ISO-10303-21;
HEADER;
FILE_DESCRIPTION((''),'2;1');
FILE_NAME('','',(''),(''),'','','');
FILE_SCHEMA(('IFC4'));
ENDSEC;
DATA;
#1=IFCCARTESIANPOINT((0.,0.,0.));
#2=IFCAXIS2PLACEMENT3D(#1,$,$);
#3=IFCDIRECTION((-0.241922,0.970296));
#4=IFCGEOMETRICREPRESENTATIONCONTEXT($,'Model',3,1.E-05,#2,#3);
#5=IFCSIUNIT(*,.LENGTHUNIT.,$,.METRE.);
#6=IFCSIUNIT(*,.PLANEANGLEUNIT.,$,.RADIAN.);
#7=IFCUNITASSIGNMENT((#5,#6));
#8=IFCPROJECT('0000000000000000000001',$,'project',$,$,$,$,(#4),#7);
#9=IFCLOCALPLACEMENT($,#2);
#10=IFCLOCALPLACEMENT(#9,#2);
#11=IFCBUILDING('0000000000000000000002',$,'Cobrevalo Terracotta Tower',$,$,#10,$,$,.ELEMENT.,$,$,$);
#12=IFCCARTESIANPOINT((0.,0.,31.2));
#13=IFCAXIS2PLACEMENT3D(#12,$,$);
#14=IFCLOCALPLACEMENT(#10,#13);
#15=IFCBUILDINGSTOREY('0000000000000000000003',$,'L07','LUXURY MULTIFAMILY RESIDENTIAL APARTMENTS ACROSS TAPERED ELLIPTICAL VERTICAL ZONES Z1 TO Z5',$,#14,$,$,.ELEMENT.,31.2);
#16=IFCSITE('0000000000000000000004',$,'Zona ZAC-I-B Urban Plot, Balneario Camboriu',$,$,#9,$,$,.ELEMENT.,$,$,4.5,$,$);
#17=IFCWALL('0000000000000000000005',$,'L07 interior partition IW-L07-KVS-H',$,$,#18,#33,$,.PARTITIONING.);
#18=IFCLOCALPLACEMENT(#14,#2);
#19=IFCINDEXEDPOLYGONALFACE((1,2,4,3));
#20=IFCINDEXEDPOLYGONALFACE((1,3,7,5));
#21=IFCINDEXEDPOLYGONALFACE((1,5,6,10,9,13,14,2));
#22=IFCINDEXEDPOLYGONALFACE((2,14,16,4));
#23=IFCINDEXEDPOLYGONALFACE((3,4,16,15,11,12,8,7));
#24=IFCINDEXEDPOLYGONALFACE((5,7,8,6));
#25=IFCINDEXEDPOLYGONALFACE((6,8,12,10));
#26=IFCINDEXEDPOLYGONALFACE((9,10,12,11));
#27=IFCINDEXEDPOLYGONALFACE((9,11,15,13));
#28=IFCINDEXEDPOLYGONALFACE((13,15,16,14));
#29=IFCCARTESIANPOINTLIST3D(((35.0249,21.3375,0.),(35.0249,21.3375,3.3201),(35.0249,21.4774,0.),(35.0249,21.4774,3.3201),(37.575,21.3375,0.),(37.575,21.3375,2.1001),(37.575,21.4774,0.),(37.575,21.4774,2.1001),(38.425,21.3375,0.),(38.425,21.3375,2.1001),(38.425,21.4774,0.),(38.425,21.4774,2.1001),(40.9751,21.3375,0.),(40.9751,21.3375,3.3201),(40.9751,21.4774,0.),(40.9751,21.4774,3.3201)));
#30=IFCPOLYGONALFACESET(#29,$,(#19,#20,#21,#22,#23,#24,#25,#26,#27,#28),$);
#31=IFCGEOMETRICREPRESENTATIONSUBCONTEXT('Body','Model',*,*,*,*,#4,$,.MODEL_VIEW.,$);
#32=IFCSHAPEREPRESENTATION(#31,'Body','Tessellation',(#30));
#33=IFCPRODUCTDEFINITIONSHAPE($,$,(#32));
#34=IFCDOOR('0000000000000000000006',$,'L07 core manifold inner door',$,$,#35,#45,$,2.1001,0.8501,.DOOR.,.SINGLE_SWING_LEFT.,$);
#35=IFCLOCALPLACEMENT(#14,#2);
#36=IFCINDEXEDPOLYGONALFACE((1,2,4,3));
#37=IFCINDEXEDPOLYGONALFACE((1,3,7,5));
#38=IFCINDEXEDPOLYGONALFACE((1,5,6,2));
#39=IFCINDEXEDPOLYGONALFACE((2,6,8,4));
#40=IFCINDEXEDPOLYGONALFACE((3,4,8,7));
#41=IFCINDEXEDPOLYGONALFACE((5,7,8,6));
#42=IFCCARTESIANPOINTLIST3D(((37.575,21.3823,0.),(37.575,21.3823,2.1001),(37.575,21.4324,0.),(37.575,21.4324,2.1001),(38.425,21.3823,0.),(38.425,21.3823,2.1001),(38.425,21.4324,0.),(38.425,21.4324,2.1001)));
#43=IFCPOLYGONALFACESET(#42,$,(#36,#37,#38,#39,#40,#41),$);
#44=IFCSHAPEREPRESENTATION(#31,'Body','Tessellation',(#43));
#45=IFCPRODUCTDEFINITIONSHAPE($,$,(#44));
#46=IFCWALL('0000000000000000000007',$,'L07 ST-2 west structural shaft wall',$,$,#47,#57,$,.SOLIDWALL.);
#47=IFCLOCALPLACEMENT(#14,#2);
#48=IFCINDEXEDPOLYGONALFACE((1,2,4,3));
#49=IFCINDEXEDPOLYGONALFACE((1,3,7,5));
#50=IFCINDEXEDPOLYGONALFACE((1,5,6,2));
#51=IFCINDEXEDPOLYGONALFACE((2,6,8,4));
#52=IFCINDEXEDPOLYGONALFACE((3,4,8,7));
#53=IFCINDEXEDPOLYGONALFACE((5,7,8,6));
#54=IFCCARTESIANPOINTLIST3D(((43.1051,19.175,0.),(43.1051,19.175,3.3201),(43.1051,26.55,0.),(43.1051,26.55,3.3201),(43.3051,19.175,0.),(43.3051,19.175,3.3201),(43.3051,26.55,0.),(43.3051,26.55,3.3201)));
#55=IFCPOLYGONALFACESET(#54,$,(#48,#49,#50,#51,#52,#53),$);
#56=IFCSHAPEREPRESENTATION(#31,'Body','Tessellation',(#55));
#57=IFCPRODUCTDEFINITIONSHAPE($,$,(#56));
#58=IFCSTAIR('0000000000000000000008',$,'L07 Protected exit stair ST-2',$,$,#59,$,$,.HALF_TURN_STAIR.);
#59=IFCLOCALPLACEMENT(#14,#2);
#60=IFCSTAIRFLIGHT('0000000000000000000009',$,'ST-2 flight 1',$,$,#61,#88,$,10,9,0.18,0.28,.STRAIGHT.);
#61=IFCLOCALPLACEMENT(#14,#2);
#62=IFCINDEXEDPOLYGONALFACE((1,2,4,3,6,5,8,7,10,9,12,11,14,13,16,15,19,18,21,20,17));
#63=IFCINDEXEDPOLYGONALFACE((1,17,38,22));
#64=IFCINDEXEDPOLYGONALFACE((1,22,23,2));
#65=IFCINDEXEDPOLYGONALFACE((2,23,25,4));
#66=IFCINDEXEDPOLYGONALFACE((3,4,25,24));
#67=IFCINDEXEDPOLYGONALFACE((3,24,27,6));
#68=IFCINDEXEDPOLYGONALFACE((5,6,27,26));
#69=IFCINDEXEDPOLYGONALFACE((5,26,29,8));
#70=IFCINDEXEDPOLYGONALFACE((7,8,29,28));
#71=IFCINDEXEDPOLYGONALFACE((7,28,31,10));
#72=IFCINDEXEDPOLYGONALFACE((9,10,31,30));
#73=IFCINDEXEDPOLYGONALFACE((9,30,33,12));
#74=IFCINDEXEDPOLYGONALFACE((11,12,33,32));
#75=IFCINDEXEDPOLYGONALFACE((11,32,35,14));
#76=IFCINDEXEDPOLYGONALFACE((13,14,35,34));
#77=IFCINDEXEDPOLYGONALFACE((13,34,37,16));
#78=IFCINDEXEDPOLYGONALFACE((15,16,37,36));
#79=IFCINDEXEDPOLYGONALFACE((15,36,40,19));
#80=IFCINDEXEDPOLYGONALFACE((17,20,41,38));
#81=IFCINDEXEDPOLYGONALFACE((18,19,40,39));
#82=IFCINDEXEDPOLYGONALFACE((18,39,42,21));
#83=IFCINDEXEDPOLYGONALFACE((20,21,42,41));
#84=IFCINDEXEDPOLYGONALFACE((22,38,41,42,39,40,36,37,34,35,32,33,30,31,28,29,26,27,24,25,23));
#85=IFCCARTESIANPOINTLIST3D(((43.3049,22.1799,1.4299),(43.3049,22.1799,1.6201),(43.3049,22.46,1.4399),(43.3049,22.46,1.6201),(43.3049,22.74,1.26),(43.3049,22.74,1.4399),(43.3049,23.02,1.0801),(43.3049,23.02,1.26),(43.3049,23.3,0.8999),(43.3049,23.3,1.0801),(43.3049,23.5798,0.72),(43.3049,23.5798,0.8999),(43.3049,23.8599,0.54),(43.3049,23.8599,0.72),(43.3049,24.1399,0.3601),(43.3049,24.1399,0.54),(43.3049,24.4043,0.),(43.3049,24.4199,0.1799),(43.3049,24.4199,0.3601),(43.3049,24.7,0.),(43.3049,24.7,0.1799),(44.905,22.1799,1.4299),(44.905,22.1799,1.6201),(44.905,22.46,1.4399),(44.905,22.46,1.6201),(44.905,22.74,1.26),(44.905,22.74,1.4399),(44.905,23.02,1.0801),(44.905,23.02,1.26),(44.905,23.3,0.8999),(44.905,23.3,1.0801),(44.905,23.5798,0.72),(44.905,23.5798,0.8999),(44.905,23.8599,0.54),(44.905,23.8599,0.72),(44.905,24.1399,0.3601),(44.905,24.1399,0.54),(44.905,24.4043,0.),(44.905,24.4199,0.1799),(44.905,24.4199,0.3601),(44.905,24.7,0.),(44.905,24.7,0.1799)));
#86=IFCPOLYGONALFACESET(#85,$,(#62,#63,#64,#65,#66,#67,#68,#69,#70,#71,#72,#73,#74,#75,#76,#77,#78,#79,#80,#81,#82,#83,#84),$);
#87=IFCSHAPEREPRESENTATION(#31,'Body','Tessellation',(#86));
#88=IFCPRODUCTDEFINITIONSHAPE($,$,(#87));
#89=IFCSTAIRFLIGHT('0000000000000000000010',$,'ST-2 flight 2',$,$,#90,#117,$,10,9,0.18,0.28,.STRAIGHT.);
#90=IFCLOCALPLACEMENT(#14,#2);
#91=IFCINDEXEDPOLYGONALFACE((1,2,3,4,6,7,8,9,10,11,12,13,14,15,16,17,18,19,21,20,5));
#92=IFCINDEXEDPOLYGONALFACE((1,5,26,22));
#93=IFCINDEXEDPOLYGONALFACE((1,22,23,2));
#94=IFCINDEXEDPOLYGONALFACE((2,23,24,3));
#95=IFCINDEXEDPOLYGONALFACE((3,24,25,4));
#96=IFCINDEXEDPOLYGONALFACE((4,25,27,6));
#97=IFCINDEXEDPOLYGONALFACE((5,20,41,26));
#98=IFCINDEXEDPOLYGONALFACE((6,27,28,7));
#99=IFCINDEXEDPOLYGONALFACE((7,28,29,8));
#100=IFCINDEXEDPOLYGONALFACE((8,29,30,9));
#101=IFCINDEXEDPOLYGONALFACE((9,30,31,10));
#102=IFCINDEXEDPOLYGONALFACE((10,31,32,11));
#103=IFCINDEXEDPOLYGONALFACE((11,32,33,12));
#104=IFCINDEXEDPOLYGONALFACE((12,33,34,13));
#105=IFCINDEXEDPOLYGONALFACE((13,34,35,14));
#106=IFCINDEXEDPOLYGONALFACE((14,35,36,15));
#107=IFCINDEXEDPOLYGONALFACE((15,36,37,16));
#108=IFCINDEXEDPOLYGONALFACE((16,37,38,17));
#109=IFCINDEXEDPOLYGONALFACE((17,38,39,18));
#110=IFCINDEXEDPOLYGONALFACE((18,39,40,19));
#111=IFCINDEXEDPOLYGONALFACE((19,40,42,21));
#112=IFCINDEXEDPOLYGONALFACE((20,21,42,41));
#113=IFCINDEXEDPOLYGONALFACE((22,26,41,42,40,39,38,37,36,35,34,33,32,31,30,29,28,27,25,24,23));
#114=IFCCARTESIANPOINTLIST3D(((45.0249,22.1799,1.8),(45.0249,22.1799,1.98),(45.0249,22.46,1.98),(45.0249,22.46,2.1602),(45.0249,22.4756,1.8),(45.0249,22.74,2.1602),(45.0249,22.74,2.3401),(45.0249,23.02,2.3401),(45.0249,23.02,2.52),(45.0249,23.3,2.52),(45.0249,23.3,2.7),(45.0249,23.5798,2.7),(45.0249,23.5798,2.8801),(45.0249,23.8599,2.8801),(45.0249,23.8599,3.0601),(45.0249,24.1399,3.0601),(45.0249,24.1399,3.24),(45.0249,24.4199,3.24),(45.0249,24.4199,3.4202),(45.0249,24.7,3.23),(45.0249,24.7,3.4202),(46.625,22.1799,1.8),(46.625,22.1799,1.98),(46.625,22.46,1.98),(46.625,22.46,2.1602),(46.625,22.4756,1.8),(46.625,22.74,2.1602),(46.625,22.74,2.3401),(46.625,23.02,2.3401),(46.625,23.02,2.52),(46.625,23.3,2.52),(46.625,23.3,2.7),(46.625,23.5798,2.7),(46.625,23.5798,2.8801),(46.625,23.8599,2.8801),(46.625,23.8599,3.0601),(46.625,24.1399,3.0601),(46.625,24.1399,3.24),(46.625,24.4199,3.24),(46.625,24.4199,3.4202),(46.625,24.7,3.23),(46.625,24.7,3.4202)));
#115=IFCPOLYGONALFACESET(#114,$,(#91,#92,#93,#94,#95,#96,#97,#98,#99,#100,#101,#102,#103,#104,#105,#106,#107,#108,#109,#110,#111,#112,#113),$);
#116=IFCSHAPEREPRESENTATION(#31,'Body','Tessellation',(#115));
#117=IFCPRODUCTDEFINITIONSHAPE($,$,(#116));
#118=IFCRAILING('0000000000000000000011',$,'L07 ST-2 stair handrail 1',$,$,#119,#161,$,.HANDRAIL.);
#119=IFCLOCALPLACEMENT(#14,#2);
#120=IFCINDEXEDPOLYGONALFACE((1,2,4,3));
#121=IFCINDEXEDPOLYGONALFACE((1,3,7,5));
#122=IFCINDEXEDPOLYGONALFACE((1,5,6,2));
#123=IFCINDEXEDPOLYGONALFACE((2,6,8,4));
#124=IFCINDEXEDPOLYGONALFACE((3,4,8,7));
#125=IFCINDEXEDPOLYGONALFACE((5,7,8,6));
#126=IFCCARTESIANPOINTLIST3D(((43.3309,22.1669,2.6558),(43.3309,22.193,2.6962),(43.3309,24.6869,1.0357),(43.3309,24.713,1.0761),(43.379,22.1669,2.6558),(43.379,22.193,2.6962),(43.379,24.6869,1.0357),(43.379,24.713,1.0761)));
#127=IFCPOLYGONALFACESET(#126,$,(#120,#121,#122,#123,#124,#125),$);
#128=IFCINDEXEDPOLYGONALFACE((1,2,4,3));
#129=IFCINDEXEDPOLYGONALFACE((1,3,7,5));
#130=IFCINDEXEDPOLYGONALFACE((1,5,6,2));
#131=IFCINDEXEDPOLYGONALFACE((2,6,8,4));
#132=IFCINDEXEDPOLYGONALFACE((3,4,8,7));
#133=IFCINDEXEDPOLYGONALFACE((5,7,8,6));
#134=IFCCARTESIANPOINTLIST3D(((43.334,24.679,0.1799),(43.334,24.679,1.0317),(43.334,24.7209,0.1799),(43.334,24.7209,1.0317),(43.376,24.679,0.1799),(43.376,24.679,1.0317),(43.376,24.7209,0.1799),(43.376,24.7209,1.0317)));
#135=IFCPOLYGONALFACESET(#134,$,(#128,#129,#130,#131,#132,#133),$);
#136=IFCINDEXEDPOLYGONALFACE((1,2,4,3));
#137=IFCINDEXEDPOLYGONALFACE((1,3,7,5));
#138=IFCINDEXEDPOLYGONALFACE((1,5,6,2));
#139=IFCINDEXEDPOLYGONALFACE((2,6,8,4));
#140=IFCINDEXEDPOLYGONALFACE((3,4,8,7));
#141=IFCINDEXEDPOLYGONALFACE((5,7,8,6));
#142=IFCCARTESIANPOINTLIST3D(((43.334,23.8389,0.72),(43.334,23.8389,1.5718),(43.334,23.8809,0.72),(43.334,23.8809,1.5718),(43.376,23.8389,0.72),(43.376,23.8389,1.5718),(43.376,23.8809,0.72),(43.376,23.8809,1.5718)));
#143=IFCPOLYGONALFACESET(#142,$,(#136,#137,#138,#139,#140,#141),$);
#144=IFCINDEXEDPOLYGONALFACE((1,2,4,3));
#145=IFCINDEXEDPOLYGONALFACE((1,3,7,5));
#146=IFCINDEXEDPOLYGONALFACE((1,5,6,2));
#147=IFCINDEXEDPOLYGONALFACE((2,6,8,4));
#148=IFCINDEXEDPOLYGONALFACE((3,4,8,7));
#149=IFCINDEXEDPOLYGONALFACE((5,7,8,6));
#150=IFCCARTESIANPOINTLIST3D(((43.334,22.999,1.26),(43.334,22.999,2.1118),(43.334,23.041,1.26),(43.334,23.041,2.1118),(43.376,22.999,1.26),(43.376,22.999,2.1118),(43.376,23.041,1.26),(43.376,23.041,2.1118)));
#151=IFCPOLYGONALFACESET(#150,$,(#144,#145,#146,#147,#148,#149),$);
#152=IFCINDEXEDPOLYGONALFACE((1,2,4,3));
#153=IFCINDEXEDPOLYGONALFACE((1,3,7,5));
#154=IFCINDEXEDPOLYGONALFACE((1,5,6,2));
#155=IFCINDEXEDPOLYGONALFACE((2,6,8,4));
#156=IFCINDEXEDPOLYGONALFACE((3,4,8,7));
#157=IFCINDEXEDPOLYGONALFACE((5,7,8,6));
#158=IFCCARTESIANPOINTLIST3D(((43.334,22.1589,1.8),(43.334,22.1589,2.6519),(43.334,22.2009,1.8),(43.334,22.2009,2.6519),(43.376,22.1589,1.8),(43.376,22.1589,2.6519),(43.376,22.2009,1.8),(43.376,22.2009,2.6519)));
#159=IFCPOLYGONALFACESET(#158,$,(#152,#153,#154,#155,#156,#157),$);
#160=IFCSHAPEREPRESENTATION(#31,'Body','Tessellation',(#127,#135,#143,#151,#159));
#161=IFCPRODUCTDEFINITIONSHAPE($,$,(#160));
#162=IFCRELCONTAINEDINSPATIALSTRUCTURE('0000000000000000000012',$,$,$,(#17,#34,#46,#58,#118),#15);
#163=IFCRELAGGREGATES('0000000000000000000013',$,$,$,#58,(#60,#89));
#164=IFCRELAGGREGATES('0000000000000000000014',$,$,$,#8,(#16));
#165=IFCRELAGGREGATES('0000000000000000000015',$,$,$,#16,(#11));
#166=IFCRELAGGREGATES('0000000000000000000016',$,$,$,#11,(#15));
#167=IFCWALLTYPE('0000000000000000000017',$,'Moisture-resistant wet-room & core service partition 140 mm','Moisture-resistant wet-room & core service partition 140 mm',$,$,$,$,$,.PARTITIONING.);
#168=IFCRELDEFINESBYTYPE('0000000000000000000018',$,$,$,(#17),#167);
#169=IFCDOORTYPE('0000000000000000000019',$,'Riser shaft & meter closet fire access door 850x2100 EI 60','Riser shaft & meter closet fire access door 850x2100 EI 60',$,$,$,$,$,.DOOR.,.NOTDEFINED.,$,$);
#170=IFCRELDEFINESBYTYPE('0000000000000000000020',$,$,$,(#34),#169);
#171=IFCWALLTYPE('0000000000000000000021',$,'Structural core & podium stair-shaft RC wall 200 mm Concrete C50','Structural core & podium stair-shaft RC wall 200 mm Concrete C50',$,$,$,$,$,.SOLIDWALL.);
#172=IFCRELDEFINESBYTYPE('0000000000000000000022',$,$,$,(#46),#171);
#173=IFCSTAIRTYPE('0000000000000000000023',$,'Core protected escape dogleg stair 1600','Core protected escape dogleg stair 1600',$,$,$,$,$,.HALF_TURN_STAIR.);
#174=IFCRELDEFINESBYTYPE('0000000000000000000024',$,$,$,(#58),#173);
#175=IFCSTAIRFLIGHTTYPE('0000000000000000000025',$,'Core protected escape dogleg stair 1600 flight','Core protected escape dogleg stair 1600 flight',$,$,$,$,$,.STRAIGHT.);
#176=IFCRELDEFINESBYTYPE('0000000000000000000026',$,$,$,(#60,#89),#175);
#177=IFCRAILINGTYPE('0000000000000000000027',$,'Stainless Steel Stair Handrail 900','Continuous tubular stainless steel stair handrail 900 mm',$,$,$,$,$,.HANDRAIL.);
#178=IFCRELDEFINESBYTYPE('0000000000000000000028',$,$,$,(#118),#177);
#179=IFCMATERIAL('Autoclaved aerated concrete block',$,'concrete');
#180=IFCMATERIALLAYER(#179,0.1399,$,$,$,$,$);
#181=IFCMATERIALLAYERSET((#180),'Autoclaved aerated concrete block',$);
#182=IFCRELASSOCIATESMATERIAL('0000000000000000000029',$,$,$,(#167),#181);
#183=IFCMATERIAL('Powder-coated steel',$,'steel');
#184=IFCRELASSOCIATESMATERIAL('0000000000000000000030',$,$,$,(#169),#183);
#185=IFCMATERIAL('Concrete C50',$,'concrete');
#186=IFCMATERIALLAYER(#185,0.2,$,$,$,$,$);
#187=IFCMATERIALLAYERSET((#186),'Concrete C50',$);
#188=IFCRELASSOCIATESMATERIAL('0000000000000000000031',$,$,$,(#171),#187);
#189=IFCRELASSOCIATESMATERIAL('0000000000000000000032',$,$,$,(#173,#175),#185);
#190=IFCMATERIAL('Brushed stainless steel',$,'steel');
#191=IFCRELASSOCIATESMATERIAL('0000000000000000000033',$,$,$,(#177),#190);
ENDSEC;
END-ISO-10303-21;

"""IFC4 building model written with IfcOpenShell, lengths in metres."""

from ifc_helpers import new_model, si_unit, direction, frame, frame_2d, origin, origin_2d, place, context, subcontext, project, spatial, polyline, rectangle, outline, extrude, source, transform, mapped, material, layer, layer_set, type_object, element, fill, aggregate, save


model = new_model("IFC4")

# Units and contexts
model_context = context("Model", 3, precision=1e-05, world=origin(), true_north=direction((-0.241922, 0.970296)))
body_context = subcontext(model_context, "Body", "Model", "MODEL_VIEW")
ifc_project = project(units=[si_unit("LENGTHUNIT", "METRE"), si_unit("PLANEANGLEUNIT", "RADIAN")], contexts=[model_context])

# Site, building, storey
site_placement = place(None, origin())
site = spatial("IfcSite", under=ifc_project, at=site_placement, Name="Zona ZAC-I-B Urban Plot, Balneario Camboriu", CompositionType="ELEMENT", RefElevation=4.5)
building_placement = place(site_placement, origin())
building = spatial("IfcBuilding", under=site, at=building_placement, Name="Cobrevalo Terracotta Tower", CompositionType="ELEMENT")
storey_placement = place(building_placement, frame((0.0, 0.0, 31.2)))
storey = spatial("IfcBuildingStorey", under=building, at=storey_placement, Name="L07", Description="LUXURY MULTIFAMILY RESIDENTIAL APARTMENTS ACROSS TAPERED ELLIPTICAL VERTICAL ZONES Z1 TO Z5", CompositionType="ELEMENT", Elevation=31.2)

# Shared definitions
ifc_material_1 = material(Name="Autoclaved aerated concrete block", Category="concrete")

# Shared definitions
ifc_layer_1 = layer(ifc_material_1, 0.1399)
ifc_layer_set_1 = layer_set([ifc_layer_1], Name="Autoclaved aerated concrete block")
wall_type_1 = type_object("IfcWallType", Name="Moisture-resistant wet-room & core service partition 140 mm", Description="Moisture-resistant wet-room & core service partition 140 mm", PredefinedType="PARTITIONING", material=ifc_layer_set_1)

# Wall, opening, door
wall_1_placement = place(storey_placement, frame((35.0249, 21.4075, 0.0), z_axis=(0.0, 0.0, 1.0), x_axis=(1.0, 0.0, 0.0)))
wall_1 = element("IfcWall", 1, at=wall_1_placement, inside=storey, type_object=wall_type_1, Name="L07 interior partition IW-L07-KVS-H", PredefinedType="PARTITIONING", context=body_context, shape_type="SweptSolid", body=[
    extrude(rectangle(XDim=5.9502, YDim=0.1399, at=frame_2d((2.9751, 0.0))), origin(), (0.0, 0.0, 1.0), 3.3201),
])
opening_1_placement = place(wall_1_placement, frame((2.55, 0.0, 0.0)))
opening_1 = element("IfcOpeningElement", 2, at=opening_1_placement, cuts=wall_1, PredefinedType="OPENING", context=body_context, shape_type="SweptSolid", body=[
    extrude(rectangle(XDim=0.8501, YDim=2.1001, at=frame_2d((0.425, 1.05))), frame((0.0, 0.0801, 0.0), z_axis=(0.0, -1.0, 0.0), x_axis=(1.0, 0.0, 0.0)), (0.0, 0.0, 1.0), 0.1599),
])
ifc_material_2 = material(Name="Powder-coated steel", Category="steel")
door_type_1 = type_object("IfcDoorType", Name="Riser shaft & meter closet fire access door 850x2100 EI 60", Description="Riser shaft & meter closet fire access door 850x2100 EI 60", OperationType="NOTDEFINED", PredefinedType="DOOR", material=ifc_material_2)
shared_shape_1 = source(origin(), body_context, "Body", "SweptSolid", [
    extrude(rectangle(XDim=0.8501, YDim=2.1001, at=frame_2d((0.425, 1.05))), frame((0.0, 0.0249, 0.0), z_axis=(0.0, -1.0, 0.0), x_axis=(1.0, 0.0, 0.0)), (0.0, 0.0, 1.0), 0.05),
])
door_1_placement = place(opening_1_placement, origin())
door_1 = element("IfcDoor", 3, at=door_1_placement, inside=storey, type_object=door_type_1, Name="L07 core manifold inner door", OperationType="SINGLE_SWING_LEFT", OverallHeight=2.1001, OverallWidth=0.8501, PredefinedType="DOOR", context=body_context, shape_type="MappedRepresentation", body=[
    mapped(shared_shape_1, transform((0.0, 0.0, 0.0), scale=1.0)),
])
fill(opening_1, door_1)

# Wall
ifc_material_3 = material(Name="Concrete C50", Category="concrete")
ifc_layer_2 = layer(ifc_material_3, 0.2)
ifc_layer_set_2 = layer_set([ifc_layer_2], Name="Concrete C50")
wall_type_2 = type_object("IfcWallType", Name="Structural core & podium stair-shaft RC wall 200 mm Concrete C50", Description="Structural core & podium stair-shaft RC wall 200 mm Concrete C50", PredefinedType="SOLIDWALL", material=ifc_layer_set_2)
wall_2_placement = place(storey_placement, frame((43.2051, 19.175, 0.0), z_axis=(0.0, 0.0, 1.0), x_axis=(0.0, 1.0, 0.0)))
element("IfcWall", 4, at=wall_2_placement, inside=storey, type_object=wall_type_2, Name="L07 ST-2 west structural shaft wall", PredefinedType="SOLIDWALL", context=body_context, shape_type="SweptSolid", body=[
    extrude(rectangle(XDim=7.375, YDim=0.2, at=frame_2d((3.6875, 0.0))), origin(), (0.0, 0.0, 1.0), 3.3201),
])

# Stair, stair flights
stair_type = type_object("IfcStairType", Name="Core protected escape dogleg stair 1600", Description="Core protected escape dogleg stair 1600", PredefinedType="HALF_TURN_STAIR", material=ifc_material_3)
stair_placement = place(storey_placement, origin())
stair = element("IfcStair", 5, at=stair_placement, inside=storey, type_object=stair_type, Name="L07 Protected exit stair ST-2", PredefinedType="HALF_TURN_STAIR")
stair_flight_type = type_object("IfcStairFlightType", Name="Core protected escape dogleg stair 1600 flight", Description="Core protected escape dogleg stair 1600 flight", PredefinedType="STRAIGHT", material=ifc_material_3)
stair_flight_1_placement = place(storey_placement, frame((44.105, 24.7, 0.0), z_axis=(0.0, 0.0, 1.0), x_axis=(0.0, -1.0, 0.0)))
stair_flight_1 = element("IfcStairFlight", 6, at=stair_flight_1_placement, type_object=stair_flight_type, Name="ST-2 flight 1", NumberOfRisers=10, NumberOfTreads=9, PredefinedType="STRAIGHT", RiserHeight=0.18, TreadLength=0.28, context=body_context, shape_type="SweptSolid", body=[
    extrude(outline(polyline([(0.0, 0.0), (0.0, 0.1799), (0.28, 0.1799), (0.28, 0.3601), (0.5601, 0.3601), (0.5601, 0.54), (0.8401, 0.54), (0.8401, 0.72), (1.1201, 0.72), (1.1201, 0.8999), (1.3999, 0.8999), (1.3999, 1.0801), (1.6799, 1.0801), (1.6799, 1.26), (1.96, 1.26), (1.96, 1.4399), (2.24, 1.4399), (2.24, 1.6201), (2.52, 1.6201), (2.52, 1.8), (2.52, 1.4299), (0.2957, 0.0), (0.0, 0.0)])), frame((0.0, 0.8, 0.0), z_axis=(0.0, -1.0, 0.0), x_axis=(1.0, 0.0, 0.0)), (0.0, 0.0, 1.0), 1.6001),
])
stair_flight_2_placement = place(storey_placement, frame((45.825, 22.1799, 1.8), z_axis=(0.0, 0.0, 1.0), x_axis=(0.0, 1.0, 0.0)))
stair_flight_2 = element("IfcStairFlight", 7, at=stair_flight_2_placement, type_object=stair_flight_type, Name="ST-2 flight 2", NumberOfRisers=10, NumberOfTreads=9, PredefinedType="STRAIGHT", RiserHeight=0.18, TreadLength=0.28, context=body_context, shape_type="SweptSolid", body=[
    extrude(outline(polyline([(0.0, 0.0), (0.0, 0.1799), (0.28, 0.1799), (0.28, 0.3601), (0.5601, 0.3601), (0.5601, 0.54), (0.8401, 0.54), (0.8401, 0.72), (1.1201, 0.72), (1.1201, 0.8999), (1.3999, 0.8999), (1.3999, 1.0801), (1.6799, 1.0801), (1.6799, 1.26), (1.96, 1.26), (1.96, 1.4399), (2.24, 1.4399), (2.24, 1.6201), (2.52, 1.6201), (2.52, 1.8), (2.52, 1.4299), (0.2957, 0.0), (0.0, 0.0)])), frame((0.0, 0.8, 0.0), z_axis=(0.0, -1.0, 0.0), x_axis=(1.0, 0.0, 0.0)), (0.0, 0.0, 1.0), 1.6001),
])
aggregate(stair, [stair_flight_1, stair_flight_2])

# Railing
ifc_material_4 = material(Name="Brushed stainless steel", Category="steel")
railing_type_1 = type_object("IfcRailingType", Name="Stainless Steel Stair Handrail 900", Description="Continuous tubular stainless steel stair handrail 900 mm", PredefinedType="HANDRAIL", material=ifc_material_4)
railing_1_placement = place(storey_placement, frame((43.355, 24.7, 0.1799)))
element("IfcRailing", 8, at=railing_1_placement, inside=storey, type_object=railing_type_1, Name="L07 ST-2 stair handrail 1", PredefinedType="HANDRAIL", context=body_context, shape_type="SweptSolid", body=[
    extrude(rectangle(XDim=0.0481, YDim=0.0481, at=origin_2d()), frame((0.0, 0.0, 0.876), z_axis=(0.0, -0.841163, 0.540782), x_axis=(1.0, 0.0, 0.0)), (0.0, 0.0, 1.0), 2.9958),
    extrude(rectangle(XDim=0.042, YDim=0.042, at=origin_2d()), origin(), (0.0, 0.0, 1.0), 0.8518),
    extrude(rectangle(XDim=0.042, YDim=0.042, at=origin_2d()), frame((0.0, -0.8401, 0.54)), (0.0, 0.0, 1.0), 0.8518),
    extrude(rectangle(XDim=0.042, YDim=0.042, at=origin_2d()), frame((0.0, -1.6799, 1.0801)), (0.0, 0.0, 1.0), 0.8518),
    extrude(rectangle(XDim=0.042, YDim=0.042, at=origin_2d()), frame((0.0, -2.52, 1.6201)), (0.0, 0.0, 1.0), 0.8518),
])

save(model, "model.ifc")
